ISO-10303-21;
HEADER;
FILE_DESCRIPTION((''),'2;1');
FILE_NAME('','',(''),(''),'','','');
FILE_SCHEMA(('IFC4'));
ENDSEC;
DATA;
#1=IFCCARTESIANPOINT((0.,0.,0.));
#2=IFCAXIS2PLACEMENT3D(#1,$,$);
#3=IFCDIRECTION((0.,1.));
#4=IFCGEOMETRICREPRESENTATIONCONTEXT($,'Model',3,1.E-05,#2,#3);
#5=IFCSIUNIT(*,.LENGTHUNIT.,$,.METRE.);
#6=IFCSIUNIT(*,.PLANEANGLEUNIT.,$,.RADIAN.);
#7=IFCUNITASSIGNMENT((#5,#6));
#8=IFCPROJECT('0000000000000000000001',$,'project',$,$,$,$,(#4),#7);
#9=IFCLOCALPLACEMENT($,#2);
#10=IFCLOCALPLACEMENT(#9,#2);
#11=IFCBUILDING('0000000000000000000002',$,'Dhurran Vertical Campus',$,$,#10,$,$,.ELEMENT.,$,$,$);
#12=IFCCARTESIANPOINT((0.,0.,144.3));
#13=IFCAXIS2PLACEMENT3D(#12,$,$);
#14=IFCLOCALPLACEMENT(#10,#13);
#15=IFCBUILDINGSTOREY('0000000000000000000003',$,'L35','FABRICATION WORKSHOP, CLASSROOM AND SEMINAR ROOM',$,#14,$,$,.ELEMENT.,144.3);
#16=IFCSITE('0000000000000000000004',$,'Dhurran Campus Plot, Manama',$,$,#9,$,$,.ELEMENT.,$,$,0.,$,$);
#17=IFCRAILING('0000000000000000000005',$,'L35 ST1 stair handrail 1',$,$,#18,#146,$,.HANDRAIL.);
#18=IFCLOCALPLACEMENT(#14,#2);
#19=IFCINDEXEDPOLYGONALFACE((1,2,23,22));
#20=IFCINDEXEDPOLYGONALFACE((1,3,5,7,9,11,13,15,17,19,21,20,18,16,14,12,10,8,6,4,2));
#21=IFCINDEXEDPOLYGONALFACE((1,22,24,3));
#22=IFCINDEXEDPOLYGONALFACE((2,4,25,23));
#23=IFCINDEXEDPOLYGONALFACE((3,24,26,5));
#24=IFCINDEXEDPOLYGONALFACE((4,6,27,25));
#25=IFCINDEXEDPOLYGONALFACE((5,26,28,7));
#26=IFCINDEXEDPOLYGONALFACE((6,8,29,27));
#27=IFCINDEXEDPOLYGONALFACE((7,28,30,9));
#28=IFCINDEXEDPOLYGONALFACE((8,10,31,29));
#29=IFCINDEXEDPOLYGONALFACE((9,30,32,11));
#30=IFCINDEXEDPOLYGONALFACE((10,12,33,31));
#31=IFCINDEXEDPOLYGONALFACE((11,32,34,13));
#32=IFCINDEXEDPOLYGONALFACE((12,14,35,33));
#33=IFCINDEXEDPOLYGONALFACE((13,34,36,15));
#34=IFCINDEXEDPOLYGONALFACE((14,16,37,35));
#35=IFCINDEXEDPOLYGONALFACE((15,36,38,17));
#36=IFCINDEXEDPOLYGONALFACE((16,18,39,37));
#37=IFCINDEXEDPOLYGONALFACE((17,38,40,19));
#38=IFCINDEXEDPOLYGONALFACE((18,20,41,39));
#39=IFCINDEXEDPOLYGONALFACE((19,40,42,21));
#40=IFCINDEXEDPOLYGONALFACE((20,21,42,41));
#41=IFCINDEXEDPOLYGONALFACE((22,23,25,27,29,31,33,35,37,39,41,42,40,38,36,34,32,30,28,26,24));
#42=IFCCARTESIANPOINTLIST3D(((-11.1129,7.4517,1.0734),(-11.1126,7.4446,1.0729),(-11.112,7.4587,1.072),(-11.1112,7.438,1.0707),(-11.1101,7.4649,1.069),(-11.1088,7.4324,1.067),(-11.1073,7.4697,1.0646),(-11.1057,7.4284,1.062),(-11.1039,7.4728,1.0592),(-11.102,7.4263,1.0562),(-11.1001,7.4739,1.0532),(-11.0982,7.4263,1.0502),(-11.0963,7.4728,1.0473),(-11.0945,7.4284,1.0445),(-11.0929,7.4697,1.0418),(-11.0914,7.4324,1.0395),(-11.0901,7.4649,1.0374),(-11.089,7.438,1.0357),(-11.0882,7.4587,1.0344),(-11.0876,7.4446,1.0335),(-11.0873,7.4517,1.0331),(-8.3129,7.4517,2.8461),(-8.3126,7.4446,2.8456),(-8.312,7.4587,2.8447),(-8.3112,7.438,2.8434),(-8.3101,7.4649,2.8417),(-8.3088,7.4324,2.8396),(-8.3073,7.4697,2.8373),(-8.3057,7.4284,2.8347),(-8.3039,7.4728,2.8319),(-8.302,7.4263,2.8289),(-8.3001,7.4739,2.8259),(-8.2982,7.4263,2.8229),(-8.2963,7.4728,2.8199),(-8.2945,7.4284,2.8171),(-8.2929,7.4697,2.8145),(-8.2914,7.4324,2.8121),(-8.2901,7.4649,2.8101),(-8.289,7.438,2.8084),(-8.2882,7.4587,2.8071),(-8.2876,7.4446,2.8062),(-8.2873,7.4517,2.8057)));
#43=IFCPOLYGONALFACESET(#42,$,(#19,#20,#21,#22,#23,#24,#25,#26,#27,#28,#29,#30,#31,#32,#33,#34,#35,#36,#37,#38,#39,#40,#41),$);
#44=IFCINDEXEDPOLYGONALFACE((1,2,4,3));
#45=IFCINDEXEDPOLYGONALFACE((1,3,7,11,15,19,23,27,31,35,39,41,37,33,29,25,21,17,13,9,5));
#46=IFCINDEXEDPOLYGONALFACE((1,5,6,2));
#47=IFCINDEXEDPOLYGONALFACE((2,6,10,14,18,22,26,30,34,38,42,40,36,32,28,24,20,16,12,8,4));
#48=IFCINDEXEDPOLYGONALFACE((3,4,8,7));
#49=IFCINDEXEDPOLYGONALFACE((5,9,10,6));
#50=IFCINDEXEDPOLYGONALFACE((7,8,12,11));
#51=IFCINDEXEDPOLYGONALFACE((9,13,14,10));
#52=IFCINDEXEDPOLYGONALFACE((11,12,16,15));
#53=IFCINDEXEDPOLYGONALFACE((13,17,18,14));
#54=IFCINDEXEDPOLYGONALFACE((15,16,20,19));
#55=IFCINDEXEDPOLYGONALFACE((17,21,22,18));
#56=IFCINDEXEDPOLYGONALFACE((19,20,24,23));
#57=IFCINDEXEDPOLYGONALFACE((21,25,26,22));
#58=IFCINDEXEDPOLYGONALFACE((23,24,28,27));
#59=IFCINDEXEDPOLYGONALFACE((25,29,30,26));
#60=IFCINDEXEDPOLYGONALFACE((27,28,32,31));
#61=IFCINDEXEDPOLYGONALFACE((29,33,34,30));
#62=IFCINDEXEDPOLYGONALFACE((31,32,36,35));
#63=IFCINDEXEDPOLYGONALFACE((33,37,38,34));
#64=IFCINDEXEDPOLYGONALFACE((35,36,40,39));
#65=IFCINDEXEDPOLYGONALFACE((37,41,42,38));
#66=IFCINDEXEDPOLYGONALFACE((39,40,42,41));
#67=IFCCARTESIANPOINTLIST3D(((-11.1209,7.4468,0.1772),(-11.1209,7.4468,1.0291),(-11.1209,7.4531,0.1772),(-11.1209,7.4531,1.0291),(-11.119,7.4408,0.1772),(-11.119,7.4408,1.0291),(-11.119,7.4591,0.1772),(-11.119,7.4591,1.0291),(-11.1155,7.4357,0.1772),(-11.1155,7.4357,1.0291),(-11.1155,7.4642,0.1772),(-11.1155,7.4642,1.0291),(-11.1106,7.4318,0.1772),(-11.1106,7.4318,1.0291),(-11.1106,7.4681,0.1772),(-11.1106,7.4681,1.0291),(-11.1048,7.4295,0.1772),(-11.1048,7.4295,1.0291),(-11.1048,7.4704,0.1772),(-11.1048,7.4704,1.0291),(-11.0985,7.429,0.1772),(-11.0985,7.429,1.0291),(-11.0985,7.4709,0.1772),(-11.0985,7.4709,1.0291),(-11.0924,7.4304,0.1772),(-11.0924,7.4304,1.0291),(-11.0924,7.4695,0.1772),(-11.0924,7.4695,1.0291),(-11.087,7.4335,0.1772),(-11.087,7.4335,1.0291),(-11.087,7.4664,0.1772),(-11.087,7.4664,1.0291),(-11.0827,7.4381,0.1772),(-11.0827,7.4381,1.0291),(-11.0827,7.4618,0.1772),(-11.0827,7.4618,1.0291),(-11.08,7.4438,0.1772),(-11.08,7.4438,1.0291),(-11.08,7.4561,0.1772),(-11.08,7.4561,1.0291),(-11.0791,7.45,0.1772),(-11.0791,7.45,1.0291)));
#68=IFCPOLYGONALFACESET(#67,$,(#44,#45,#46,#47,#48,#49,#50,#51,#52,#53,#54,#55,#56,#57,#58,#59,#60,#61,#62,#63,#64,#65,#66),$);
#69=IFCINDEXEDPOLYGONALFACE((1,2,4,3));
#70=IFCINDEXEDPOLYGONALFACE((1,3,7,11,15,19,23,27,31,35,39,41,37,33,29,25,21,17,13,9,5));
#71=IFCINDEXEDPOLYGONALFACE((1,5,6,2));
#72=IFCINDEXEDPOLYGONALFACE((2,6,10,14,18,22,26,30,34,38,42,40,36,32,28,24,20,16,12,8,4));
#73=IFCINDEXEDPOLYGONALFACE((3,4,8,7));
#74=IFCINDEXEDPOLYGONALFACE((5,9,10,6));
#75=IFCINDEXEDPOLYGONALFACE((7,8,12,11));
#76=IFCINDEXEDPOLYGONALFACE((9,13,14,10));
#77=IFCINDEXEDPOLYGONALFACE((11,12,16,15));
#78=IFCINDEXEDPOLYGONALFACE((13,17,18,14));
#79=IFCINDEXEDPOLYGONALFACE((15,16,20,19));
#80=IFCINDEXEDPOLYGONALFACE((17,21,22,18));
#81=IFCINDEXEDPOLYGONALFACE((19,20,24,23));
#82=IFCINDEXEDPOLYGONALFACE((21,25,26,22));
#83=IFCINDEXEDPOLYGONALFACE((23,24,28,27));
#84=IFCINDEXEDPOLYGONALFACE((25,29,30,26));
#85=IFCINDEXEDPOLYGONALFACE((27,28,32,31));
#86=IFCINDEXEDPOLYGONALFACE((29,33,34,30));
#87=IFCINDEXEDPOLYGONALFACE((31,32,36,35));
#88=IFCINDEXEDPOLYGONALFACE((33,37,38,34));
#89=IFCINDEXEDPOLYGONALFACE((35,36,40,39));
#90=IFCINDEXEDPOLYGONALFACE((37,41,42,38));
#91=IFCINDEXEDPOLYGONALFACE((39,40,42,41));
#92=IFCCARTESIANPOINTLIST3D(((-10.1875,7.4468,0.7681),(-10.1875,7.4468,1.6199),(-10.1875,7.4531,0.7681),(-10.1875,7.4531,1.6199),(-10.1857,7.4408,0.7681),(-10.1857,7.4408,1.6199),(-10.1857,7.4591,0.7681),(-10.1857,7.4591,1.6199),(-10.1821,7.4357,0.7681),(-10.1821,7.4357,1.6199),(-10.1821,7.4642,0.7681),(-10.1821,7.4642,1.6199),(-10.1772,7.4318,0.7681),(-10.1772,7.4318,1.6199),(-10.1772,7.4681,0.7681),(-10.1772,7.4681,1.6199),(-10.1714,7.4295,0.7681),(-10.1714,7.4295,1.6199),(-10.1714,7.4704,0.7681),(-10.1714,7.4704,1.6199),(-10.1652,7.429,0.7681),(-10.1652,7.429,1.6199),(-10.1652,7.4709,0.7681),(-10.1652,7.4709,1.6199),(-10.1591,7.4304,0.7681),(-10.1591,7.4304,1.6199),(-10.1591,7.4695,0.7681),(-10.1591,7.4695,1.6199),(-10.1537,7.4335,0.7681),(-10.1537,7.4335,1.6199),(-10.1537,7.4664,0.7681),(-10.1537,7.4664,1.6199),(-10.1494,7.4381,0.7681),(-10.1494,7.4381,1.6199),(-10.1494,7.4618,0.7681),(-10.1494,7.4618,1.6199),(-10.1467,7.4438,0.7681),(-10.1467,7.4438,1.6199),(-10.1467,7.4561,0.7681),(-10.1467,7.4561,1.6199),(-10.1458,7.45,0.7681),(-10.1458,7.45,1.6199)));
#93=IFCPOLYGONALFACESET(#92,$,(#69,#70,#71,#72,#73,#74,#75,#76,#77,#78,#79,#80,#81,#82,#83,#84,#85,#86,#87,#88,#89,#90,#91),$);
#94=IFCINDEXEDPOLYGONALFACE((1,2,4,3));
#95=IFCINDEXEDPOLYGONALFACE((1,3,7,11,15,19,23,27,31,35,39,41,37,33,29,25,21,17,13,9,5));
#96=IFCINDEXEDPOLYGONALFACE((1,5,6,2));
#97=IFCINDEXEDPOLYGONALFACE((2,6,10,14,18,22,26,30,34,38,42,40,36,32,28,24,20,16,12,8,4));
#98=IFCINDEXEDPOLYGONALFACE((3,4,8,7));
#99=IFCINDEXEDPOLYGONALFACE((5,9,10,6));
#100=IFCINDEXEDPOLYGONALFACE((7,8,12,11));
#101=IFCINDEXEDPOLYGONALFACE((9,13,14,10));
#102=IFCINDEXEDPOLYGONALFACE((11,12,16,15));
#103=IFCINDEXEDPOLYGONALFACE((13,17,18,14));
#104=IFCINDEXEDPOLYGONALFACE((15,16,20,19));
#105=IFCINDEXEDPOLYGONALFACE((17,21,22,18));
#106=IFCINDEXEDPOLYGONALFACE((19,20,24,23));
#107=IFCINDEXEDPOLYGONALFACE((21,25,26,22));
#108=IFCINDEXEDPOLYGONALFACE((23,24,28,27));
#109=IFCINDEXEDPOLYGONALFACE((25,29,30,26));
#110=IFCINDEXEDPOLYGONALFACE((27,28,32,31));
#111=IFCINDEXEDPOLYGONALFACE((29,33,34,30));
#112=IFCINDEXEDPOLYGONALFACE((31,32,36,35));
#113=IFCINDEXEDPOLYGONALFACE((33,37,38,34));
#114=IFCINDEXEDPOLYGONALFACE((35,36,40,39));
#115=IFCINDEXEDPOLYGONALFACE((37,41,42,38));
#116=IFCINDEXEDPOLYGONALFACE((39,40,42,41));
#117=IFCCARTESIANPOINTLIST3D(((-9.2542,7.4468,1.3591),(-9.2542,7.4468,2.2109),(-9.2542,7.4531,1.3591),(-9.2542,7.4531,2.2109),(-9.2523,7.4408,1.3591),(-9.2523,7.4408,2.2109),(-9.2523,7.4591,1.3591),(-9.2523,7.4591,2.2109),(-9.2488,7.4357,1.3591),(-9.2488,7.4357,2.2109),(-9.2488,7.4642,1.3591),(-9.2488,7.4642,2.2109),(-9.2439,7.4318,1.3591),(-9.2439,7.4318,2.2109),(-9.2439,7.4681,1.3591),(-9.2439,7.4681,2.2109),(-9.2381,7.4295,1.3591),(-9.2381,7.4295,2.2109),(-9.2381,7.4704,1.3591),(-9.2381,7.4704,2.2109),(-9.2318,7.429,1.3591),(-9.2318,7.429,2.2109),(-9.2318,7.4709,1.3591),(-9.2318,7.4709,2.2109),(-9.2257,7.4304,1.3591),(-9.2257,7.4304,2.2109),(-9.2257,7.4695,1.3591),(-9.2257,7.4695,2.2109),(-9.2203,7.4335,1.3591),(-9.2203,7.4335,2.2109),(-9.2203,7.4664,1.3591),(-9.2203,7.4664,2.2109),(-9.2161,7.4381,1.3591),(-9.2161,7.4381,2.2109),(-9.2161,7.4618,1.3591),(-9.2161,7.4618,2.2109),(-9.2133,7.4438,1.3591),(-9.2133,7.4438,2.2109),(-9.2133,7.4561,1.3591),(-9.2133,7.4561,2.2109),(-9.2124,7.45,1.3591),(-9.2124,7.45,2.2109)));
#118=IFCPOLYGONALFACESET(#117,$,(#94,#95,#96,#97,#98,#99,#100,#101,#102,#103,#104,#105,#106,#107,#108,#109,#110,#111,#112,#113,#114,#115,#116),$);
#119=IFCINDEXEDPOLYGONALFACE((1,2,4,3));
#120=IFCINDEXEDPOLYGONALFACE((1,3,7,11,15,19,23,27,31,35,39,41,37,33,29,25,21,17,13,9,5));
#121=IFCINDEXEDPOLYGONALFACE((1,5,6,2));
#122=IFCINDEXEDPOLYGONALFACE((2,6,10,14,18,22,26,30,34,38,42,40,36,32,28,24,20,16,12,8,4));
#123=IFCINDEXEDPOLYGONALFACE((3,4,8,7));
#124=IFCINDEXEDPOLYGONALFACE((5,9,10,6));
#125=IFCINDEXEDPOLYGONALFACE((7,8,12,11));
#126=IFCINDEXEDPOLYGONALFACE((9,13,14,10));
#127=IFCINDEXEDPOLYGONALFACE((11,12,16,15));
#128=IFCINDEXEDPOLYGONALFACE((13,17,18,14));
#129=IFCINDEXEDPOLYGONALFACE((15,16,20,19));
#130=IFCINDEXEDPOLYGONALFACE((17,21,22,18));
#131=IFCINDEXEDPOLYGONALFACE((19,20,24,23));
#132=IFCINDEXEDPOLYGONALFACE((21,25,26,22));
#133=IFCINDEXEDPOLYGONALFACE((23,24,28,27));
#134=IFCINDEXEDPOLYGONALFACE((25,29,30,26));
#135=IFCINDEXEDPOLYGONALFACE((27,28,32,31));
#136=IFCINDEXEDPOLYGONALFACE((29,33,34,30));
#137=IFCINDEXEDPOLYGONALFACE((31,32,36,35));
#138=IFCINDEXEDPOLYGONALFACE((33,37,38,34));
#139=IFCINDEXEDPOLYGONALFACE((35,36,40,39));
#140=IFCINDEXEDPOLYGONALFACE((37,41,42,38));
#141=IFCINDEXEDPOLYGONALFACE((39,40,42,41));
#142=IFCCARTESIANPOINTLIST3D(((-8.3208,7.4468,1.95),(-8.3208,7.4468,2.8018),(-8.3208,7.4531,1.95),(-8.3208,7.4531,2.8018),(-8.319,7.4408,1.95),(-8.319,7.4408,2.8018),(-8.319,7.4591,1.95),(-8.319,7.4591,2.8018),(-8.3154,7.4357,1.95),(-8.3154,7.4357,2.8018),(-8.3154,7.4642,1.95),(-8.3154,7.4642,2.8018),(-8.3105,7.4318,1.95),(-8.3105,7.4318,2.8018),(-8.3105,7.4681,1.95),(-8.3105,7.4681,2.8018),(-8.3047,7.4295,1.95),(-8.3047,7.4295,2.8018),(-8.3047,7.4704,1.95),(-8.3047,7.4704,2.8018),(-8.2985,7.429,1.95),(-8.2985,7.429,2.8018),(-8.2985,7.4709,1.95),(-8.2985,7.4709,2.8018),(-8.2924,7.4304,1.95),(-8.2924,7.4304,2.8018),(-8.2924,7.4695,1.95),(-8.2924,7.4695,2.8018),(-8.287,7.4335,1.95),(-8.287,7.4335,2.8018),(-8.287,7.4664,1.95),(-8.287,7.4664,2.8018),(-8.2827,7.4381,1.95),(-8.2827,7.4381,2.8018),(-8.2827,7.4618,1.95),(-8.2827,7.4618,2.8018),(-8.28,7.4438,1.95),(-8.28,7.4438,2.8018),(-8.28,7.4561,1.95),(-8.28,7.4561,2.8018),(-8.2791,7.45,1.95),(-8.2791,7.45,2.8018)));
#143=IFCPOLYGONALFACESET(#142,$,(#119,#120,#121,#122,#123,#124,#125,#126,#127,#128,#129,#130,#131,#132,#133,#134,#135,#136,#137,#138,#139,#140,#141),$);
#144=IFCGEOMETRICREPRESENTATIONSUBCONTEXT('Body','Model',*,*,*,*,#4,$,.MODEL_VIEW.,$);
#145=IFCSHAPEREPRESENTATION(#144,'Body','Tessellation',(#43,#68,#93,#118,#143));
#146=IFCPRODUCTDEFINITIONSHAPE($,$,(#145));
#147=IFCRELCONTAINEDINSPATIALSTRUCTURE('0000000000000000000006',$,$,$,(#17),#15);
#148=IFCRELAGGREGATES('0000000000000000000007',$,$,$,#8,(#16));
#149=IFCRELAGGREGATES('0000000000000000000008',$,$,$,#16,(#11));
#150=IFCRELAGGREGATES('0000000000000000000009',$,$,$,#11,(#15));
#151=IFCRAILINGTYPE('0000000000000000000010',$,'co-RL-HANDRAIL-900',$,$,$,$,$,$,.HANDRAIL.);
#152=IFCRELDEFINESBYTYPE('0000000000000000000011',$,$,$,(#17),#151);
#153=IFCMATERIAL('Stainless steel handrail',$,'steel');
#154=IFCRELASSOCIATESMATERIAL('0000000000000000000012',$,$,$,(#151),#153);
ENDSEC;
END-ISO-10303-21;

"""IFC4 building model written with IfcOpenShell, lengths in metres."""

from ifc_helpers import new_model, si_unit, direction, frame, origin, origin_2d, place, context, subcontext, project, spatial, circle, extrude, material, type_object, element, save


model = new_model("IFC4")

# Units and contexts
model_context = context("Model", 3, precision=1e-05, world=origin(), true_north=direction((0.0, 1.0)))
body_context = subcontext(model_context, "Body", "Model", "MODEL_VIEW")
ifc_project = project(units=[si_unit("LENGTHUNIT", "METRE"), si_unit("PLANEANGLEUNIT", "RADIAN")], contexts=[model_context])

# Site, building, storey
site_placement = place(None, origin())
site = spatial("IfcSite", under=ifc_project, at=site_placement, Name="Dhurran Campus Plot, Manama", CompositionType="ELEMENT", RefElevation=0.0)
building_placement = place(site_placement, origin())
building = spatial("IfcBuilding", under=site, at=building_placement, Name="Dhurran Vertical Campus", CompositionType="ELEMENT")
storey_placement = place(building_placement, frame((0.0, 0.0, 144.3)))
storey = spatial("IfcBuildingStorey", under=building, at=storey_placement, Name="L35", Description="FABRICATION WORKSHOP, CLASSROOM AND SEMINAR ROOM", CompositionType="ELEMENT", Elevation=144.3)

# Railing
ifc_material_1 = material(Name="Stainless steel handrail", Category="steel")
railing_type_1 = type_object("IfcRailingType", Name="co-RL-HANDRAIL-900", PredefinedType="HANDRAIL", material=ifc_material_1)
railing_1_placement = place(storey_placement, frame((-11.1001, 7.45, 0.1772)))
element("IfcRailing", 1, at=railing_1_placement, inside=storey, type_object=railing_type_1, Name="L35 ST1 stair handrail 1", PredefinedType="HANDRAIL", context=body_context, shape_type="SweptSolid", body=[
    extrude(circle(Radius=0.0239, at=origin_2d()), frame((0.0, 0.0, 0.876), z_axis=(0.844909, 0.0, 0.53491), x_axis=(0.0, 1.0, 0.0)), (0.0, 0.0, 1.0), 3.314),
    extrude(circle(Radius=0.021, at=origin_2d()), origin(), (0.0, 0.0, 1.0), 0.8518),
    extrude(circle(Radius=0.021, at=origin_2d()), frame((0.9333, 0.0, 0.5908)), (0.0, 0.0, 1.0), 0.8518),
    extrude(circle(Radius=0.021, at=origin_2d()), frame((1.8667, 0.0, 1.1819)), (0.0, 0.0, 1.0), 0.8518),
    extrude(circle(Radius=0.021, at=origin_2d()), frame((2.8, 0.0, 1.7727)), (0.0, 0.0, 1.0), 0.8518),
])

save(model, "model.ifc")
